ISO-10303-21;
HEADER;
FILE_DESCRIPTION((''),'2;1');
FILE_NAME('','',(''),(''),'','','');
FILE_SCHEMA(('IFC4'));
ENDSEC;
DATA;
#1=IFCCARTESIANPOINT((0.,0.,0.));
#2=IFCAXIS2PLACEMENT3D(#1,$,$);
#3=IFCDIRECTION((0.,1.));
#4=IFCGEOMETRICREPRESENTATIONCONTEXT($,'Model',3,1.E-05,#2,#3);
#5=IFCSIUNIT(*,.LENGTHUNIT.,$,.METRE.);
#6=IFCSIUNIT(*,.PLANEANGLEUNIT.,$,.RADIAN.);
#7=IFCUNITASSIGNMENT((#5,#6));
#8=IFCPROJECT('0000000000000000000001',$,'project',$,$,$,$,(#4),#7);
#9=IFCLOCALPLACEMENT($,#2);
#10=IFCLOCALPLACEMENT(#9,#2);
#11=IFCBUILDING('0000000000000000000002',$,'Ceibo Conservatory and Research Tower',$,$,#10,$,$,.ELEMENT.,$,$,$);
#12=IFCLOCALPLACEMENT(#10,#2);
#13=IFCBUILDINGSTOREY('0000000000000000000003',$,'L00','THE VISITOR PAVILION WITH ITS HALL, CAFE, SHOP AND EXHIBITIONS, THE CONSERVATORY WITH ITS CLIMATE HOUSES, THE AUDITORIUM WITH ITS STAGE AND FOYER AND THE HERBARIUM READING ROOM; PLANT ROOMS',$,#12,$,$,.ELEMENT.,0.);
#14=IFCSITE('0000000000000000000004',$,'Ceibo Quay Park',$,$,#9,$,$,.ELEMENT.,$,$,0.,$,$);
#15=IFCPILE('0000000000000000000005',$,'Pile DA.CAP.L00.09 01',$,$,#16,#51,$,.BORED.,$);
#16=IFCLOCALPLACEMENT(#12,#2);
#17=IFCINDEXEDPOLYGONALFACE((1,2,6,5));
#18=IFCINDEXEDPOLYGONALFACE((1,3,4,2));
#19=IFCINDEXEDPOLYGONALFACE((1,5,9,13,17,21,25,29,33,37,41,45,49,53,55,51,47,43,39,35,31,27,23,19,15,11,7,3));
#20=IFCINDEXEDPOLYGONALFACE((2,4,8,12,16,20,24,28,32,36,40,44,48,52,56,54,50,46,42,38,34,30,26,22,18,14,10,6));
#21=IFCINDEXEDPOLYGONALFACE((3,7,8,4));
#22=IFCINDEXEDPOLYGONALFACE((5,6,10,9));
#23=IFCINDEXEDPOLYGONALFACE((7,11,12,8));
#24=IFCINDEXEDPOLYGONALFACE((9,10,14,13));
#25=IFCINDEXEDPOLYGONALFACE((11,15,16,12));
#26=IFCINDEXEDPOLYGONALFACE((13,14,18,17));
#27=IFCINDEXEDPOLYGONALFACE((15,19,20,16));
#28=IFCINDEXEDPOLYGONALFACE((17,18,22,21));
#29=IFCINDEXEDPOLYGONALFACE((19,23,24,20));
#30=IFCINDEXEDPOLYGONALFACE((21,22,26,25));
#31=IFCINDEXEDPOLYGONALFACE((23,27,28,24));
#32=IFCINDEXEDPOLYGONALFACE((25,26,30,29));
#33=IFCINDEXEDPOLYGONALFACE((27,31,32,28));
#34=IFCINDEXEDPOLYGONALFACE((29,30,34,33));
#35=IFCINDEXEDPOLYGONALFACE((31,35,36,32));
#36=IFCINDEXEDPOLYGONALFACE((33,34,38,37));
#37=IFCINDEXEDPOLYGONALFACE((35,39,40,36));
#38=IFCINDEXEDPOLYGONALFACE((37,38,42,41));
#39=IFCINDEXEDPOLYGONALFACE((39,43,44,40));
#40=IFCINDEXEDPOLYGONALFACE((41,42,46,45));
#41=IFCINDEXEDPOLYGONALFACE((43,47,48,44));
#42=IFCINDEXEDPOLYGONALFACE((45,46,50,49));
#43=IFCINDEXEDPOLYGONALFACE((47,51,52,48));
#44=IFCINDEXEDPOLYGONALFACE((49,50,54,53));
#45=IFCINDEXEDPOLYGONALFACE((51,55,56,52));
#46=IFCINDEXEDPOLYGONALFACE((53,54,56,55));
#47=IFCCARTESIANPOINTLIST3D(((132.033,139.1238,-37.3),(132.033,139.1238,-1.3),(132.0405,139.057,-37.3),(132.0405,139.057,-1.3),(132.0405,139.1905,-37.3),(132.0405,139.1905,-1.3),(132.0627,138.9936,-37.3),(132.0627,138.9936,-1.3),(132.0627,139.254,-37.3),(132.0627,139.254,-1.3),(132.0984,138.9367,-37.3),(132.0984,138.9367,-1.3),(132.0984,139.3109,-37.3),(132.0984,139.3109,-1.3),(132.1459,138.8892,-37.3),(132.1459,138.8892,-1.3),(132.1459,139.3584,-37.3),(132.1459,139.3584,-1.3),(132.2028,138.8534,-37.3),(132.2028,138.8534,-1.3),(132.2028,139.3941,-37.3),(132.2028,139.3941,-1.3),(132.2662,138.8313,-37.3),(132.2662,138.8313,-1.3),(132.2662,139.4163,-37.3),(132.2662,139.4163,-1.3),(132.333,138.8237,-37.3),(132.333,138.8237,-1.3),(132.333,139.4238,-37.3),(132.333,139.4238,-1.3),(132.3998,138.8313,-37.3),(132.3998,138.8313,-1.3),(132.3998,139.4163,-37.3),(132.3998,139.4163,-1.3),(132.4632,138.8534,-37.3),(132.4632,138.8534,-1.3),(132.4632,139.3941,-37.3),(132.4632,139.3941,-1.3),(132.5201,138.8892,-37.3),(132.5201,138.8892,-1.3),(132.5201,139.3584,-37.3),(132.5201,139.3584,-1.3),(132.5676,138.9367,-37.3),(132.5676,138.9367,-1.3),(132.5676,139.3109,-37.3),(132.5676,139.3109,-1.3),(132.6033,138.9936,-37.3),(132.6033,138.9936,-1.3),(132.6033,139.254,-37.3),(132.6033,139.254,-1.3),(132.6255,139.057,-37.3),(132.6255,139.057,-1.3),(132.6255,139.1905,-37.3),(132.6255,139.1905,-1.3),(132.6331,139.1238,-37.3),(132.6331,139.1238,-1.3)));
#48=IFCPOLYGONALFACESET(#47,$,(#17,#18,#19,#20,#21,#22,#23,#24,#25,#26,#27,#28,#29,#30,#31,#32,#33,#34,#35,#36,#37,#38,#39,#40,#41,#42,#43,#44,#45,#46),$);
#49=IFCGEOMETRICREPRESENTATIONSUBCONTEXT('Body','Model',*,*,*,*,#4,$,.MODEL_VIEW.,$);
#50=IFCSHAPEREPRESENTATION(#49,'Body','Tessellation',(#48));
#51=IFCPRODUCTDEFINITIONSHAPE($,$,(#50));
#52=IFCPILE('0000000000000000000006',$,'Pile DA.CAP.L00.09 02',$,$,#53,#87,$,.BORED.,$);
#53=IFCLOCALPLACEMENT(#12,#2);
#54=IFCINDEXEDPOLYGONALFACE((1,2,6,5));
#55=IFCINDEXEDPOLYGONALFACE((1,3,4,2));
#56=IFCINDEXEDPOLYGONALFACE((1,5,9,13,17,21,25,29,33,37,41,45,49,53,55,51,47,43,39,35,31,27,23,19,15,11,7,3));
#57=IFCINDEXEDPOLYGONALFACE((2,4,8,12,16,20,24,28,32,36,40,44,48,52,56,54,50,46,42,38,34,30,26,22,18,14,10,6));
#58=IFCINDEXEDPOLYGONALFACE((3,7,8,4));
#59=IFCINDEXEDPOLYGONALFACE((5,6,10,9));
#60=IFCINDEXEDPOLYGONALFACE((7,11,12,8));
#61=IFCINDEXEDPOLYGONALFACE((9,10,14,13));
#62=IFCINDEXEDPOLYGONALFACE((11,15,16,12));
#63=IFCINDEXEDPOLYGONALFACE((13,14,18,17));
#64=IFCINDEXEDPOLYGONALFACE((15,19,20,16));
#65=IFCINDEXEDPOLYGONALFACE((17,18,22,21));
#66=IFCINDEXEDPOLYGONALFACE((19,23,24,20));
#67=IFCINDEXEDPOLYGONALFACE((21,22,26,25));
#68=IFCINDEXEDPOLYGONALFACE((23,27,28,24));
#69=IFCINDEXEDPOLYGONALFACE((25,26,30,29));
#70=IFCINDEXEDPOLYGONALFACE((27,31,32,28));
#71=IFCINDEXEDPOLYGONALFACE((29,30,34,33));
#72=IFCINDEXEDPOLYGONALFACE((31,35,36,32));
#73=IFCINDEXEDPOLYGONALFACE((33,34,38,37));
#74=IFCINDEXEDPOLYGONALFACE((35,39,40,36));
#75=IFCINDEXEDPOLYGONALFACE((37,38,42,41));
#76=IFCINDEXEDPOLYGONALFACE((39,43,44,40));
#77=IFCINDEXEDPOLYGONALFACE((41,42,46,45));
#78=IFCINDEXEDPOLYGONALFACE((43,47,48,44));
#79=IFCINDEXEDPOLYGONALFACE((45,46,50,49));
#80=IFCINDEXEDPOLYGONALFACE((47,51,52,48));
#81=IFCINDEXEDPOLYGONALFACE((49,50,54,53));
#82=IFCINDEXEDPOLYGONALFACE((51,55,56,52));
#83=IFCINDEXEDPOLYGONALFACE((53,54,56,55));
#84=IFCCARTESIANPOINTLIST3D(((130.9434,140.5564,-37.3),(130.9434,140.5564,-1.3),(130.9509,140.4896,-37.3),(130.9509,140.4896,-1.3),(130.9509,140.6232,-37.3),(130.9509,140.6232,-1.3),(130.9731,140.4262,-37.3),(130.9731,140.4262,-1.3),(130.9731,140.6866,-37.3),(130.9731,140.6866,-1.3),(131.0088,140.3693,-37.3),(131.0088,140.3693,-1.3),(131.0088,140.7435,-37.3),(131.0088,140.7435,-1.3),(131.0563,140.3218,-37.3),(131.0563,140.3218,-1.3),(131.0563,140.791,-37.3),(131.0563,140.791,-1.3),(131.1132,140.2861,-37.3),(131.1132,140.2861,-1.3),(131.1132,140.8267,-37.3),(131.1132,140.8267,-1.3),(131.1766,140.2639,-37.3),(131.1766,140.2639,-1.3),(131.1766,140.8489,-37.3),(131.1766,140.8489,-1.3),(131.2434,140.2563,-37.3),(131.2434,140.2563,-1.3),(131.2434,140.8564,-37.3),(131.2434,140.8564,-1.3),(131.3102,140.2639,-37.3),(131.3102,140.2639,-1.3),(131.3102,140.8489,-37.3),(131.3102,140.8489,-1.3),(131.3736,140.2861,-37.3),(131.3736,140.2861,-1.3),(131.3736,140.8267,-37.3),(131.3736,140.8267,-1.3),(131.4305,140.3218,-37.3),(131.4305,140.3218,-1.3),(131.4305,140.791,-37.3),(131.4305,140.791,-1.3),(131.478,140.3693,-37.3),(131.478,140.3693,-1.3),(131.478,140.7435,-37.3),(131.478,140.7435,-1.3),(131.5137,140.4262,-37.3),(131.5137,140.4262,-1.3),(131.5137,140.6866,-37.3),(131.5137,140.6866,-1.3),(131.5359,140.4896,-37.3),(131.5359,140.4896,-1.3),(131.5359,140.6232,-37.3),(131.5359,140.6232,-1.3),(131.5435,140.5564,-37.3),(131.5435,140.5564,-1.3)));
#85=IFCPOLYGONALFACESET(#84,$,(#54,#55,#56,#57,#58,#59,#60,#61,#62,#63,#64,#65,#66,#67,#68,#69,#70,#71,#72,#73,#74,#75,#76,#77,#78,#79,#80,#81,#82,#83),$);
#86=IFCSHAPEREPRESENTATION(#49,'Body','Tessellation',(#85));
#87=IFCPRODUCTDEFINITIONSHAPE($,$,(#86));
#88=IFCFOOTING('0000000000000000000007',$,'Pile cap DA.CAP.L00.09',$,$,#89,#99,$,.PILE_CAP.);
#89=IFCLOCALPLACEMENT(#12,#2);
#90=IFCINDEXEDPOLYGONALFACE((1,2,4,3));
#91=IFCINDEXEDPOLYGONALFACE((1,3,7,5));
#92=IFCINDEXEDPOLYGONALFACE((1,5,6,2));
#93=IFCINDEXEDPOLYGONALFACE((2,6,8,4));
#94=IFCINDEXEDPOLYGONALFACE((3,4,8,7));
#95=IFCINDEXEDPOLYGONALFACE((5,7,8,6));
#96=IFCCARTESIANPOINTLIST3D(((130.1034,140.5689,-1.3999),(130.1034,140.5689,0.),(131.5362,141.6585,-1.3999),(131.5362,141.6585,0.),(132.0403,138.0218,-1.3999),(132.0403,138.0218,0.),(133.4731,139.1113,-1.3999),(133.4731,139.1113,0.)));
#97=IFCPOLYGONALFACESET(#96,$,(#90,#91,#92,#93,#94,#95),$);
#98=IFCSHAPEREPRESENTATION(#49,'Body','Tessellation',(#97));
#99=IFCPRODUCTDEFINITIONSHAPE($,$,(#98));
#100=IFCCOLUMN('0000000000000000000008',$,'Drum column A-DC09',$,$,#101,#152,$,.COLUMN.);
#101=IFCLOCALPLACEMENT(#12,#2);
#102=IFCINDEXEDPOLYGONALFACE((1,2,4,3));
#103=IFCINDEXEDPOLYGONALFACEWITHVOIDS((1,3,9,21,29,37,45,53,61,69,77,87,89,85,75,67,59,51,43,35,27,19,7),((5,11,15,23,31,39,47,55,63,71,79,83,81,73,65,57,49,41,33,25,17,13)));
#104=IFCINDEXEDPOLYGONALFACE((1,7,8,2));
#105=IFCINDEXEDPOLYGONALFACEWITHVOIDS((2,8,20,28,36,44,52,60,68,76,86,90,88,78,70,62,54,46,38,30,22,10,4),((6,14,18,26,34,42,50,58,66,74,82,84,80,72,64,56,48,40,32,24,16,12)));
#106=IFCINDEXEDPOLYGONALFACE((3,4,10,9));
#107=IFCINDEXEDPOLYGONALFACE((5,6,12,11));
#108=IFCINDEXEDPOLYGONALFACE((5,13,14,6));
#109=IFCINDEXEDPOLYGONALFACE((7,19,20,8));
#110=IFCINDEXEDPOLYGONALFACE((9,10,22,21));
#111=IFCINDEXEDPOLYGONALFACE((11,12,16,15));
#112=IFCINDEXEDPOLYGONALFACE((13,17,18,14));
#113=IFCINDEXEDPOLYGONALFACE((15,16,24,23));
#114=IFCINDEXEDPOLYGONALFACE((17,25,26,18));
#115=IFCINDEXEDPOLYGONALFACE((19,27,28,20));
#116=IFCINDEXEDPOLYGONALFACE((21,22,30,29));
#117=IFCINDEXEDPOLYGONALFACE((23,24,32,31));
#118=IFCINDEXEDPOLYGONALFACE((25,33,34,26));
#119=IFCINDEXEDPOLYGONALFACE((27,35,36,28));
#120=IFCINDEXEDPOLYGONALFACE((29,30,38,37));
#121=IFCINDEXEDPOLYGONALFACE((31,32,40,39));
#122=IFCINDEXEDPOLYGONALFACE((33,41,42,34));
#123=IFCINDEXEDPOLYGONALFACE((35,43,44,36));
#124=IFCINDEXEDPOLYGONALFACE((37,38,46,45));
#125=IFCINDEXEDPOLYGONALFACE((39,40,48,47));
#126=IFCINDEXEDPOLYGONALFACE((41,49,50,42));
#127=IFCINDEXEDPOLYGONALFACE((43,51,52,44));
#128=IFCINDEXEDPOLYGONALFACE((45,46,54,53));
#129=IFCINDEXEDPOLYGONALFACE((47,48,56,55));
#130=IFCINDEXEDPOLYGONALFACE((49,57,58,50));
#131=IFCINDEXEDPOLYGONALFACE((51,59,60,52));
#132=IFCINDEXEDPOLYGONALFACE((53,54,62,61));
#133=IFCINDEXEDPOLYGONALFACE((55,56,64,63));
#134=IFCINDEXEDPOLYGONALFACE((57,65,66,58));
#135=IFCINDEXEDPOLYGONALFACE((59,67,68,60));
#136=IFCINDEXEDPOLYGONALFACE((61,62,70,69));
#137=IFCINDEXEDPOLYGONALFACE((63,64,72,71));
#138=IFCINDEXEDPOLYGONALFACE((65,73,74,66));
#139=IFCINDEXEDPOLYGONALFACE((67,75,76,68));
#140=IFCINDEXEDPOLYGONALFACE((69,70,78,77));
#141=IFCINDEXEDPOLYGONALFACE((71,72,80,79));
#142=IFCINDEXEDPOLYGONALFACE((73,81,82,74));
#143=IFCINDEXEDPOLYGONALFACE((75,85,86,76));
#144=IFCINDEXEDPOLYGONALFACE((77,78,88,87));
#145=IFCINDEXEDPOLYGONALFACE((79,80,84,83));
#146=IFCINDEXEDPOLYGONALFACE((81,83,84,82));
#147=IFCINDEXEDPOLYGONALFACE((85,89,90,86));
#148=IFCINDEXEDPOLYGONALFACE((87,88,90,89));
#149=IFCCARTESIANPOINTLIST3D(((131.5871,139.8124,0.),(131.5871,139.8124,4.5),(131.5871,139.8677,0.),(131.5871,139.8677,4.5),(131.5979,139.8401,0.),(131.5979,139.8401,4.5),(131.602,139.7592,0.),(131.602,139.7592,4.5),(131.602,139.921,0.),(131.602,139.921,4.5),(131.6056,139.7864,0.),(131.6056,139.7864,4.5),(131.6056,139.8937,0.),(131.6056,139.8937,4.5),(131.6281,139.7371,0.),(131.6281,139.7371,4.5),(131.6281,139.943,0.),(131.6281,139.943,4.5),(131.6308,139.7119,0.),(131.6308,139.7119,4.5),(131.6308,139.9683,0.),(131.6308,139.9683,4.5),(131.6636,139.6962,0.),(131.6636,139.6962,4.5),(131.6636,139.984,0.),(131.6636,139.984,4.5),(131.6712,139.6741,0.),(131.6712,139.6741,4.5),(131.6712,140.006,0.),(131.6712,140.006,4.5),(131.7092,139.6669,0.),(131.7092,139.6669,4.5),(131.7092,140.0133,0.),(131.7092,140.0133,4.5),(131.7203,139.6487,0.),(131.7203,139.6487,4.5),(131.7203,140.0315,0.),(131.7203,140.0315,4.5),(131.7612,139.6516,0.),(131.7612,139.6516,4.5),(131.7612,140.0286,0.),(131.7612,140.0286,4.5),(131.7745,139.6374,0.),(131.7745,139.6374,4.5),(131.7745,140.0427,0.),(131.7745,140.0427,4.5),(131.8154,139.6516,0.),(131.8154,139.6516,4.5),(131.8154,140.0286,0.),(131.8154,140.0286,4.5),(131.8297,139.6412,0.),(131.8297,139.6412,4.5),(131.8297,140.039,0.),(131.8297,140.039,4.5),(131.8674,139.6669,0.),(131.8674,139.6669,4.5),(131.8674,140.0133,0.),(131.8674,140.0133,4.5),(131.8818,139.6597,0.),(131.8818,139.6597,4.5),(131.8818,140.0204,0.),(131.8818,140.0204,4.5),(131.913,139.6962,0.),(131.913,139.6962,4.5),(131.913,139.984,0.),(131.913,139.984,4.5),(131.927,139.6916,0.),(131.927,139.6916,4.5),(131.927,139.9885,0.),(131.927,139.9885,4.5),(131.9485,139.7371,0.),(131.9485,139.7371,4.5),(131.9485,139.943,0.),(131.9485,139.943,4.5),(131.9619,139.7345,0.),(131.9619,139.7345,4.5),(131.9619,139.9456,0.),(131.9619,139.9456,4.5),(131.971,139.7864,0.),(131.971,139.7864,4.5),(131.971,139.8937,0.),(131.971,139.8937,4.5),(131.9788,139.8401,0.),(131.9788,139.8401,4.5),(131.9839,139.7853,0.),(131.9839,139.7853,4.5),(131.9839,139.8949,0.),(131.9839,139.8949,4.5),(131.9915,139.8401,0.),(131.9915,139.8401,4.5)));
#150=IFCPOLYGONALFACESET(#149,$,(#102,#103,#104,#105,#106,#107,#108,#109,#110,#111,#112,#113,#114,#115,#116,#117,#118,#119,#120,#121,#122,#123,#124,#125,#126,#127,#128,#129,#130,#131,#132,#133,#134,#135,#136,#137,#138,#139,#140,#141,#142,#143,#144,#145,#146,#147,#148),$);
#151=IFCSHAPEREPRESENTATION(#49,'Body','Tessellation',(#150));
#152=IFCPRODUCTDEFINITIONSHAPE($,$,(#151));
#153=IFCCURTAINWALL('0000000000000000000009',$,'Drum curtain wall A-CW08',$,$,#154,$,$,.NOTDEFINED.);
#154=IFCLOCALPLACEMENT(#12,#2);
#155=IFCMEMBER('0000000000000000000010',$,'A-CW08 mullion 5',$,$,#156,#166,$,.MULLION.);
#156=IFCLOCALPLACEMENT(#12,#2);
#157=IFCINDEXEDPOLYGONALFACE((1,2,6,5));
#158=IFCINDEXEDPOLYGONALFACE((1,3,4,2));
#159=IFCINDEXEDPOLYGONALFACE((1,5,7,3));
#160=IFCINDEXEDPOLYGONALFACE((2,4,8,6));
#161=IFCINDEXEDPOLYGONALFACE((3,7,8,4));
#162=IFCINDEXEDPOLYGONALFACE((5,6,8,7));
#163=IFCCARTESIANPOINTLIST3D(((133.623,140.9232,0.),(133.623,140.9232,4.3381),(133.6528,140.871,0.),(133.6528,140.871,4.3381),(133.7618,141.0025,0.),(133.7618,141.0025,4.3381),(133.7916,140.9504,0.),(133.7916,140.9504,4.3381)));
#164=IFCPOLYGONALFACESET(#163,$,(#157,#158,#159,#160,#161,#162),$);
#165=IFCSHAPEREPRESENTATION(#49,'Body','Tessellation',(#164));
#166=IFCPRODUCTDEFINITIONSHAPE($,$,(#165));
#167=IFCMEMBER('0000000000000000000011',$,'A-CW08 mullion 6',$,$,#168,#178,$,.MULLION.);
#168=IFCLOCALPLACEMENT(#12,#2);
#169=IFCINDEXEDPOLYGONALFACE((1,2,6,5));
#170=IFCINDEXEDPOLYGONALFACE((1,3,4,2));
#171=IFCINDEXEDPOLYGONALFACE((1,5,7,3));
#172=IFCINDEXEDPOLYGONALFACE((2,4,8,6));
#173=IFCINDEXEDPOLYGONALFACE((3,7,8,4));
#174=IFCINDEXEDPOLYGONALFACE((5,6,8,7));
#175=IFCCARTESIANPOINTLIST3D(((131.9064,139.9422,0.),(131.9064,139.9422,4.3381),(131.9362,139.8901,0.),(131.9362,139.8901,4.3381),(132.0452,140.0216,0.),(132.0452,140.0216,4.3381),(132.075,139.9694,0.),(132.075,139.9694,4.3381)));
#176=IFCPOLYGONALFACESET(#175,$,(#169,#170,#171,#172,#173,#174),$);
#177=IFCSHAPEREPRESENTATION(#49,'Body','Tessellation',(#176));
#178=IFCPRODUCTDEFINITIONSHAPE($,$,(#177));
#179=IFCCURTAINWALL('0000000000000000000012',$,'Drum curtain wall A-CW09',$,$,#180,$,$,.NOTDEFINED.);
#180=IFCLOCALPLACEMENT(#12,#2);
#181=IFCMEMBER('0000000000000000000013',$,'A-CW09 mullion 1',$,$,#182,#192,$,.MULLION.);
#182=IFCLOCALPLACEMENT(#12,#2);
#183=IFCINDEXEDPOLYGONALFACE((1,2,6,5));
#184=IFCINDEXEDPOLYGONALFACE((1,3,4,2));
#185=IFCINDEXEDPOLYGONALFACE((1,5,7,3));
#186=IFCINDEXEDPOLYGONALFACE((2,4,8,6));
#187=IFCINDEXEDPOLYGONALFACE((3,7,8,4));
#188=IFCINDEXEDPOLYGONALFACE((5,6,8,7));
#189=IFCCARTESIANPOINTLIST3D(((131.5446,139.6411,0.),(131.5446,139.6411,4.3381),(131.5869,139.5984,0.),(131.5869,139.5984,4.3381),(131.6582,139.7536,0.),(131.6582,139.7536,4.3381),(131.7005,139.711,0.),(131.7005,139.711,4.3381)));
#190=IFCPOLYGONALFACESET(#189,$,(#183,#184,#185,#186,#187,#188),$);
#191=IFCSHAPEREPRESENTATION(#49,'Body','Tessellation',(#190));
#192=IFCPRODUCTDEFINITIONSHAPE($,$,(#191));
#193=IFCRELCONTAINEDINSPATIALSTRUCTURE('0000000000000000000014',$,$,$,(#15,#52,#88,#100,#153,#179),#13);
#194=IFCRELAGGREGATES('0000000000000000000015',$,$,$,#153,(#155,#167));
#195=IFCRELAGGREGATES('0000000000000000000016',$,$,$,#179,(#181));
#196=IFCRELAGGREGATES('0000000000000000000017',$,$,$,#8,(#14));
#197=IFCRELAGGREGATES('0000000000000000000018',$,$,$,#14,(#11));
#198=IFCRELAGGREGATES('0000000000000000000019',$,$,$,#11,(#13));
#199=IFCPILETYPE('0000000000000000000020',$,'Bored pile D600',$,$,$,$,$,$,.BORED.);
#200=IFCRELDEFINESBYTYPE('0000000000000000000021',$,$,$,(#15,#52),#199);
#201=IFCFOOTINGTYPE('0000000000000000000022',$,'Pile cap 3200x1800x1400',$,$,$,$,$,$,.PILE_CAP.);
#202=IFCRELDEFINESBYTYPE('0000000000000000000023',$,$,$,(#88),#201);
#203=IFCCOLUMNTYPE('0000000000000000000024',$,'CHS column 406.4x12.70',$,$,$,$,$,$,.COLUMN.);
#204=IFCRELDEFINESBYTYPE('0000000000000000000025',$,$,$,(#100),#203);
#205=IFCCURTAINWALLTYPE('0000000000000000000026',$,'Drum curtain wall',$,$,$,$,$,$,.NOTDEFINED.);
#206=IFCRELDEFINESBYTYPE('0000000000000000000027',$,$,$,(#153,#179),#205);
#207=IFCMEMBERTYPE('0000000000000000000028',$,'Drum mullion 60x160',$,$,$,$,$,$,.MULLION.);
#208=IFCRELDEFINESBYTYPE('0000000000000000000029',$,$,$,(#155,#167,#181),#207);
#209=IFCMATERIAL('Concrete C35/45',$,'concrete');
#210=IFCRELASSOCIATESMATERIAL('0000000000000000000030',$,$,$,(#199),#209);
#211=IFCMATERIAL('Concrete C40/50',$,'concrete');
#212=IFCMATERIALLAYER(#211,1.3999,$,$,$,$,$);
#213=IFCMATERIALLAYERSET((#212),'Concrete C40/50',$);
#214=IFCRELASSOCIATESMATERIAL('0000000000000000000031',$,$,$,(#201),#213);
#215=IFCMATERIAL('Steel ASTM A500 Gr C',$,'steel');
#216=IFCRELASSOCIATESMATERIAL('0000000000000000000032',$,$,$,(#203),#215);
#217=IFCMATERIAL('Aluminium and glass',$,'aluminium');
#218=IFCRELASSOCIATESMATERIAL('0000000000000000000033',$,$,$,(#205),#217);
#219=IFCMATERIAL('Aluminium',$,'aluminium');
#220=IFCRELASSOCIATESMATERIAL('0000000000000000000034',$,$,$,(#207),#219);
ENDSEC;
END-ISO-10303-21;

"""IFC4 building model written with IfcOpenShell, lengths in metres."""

from ifc_helpers import new_model, si_unit, direction, frame, origin, origin_2d, place, context, subcontext, project, spatial, polyline, rectangle, circle, hollow_circle, outline, extrude, material, layer, layer_set, material_profile, profile_set, type_object, element, aggregate, save


model = new_model("IFC4")

# Units and contexts
model_context = context("Model", 3, precision=1e-05, world=origin(), true_north=direction((0.0, 1.0)))
body_context = subcontext(model_context, "Body", "Model", "MODEL_VIEW")
ifc_project = project(units=[si_unit("LENGTHUNIT", "METRE"), si_unit("PLANEANGLEUNIT", "RADIAN")], contexts=[model_context])

# Site, building, storey
site_placement = place(None, origin())
site = spatial("IfcSite", under=ifc_project, at=site_placement, Name="Ceibo Quay Park", CompositionType="ELEMENT", RefElevation=0.0)
building_placement = place(site_placement, origin())
building = spatial("IfcBuilding", under=site, at=building_placement, Name="Ceibo Conservatory and Research Tower", CompositionType="ELEMENT")
storey_placement = place(building_placement, origin())
storey = spatial("IfcBuildingStorey", under=building, at=storey_placement, Name="L00", Description="THE VISITOR PAVILION WITH ITS HALL, CAFE, SHOP AND EXHIBITIONS, THE CONSERVATORY WITH ITS CLIMATE HOUSES, THE AUDITORIUM WITH ITS STAGE AND FOYER AND THE HERBARIUM READING ROOM; PLANT ROOMS", CompositionType="ELEMENT", Elevation=0.0)

# Piles
ifc_material_1 = material(Name="Concrete C35/45", Category="concrete")
ifc_material_profile_1 = material_profile(ifc_material_1, circle(Radius=0.3, at=origin_2d()), Name="RC D600")
ifc_profile_set_1 = profile_set([ifc_material_profile_1], Name="Concrete C35/45")
pile_type = type_object("IfcPileType", Name="Bored pile D600", PredefinedType="BORED", material=ifc_profile_set_1)
for number, where, z_axis, x_axis, name in (
    (1, (132.333, 139.1238, -1.3), (0.0, 0.0, -1.0), (1.0, 0.0, 0.0), "Pile DA.CAP.L00.09 01"),
    (2, (131.2434, 140.5564, -1.3), (0.0, 0.0, -1.0), (1.0, 0.0, 0.0), "Pile DA.CAP.L00.09 02"),
):
    element("IfcPile", number, at=place(storey_placement, frame(where, z_axis=z_axis, x_axis=x_axis)), inside=storey, type_object=pile_type, Name=name, PredefinedType="BORED", context=body_context, shape_type="SweptSolid", body=[
        extrude(circle(Radius=0.3, at=origin_2d()), origin(), (0.0, 0.0, 1.0), 36.0),
    ])

# Footing
ifc_material_2 = material(Name="Concrete C40/50", Category="concrete")
ifc_layer_1 = layer(ifc_material_2, 1.3999)
ifc_layer_set_1 = layer_set([ifc_layer_1], Name="Concrete C40/50")
footing_type = type_object("IfcFootingType", Name="Pile cap 3200x1800x1400", PredefinedType="PILE_CAP", material=ifc_layer_set_1)
footing_placement = place(storey_placement, frame((133.4731, 139.1113, -1.3999), z_axis=(0.0, 0.0, 1.0), x_axis=(-0.605294, 0.796002, 0.0)))
element("IfcFooting", 3, at=footing_placement, inside=storey, type_object=footing_type, Name="Pile cap DA.CAP.L00.09", PredefinedType="PILE_CAP", context=body_context, shape_type="SweptSolid", body=[
    extrude(outline(polyline([(0.0, 0.0), (3.2, 0.0), (3.2, 1.8), (0.0, 1.8), (0.0, 0.0)])), origin(), (0.0, 0.0, 1.0), 1.3999),
])

# Column
ifc_material_3 = material(Name="Steel ASTM A500 Gr C", Category="steel")
ifc_material_profile_2 = material_profile(ifc_material_3, hollow_circle(Radius=0.2031, WallThickness=0.0127, at=origin_2d()), Name="CHS column 406.4x12.70")
ifc_profile_set_2 = profile_set([ifc_material_profile_2], Name="Steel ASTM A500 Gr C")
column_type = type_object("IfcColumnType", Name="CHS column 406.4x12.70", PredefinedType="COLUMN", material=ifc_profile_set_2)
column_placement = place(storey_placement, frame((131.7883, 139.8401, 0.0), z_axis=(0.0, 0.0, 1.0), x_axis=(1.0, 0.0, 0.0)))
element("IfcColumn", 4, at=column_placement, inside=storey, type_object=column_type, Name="Drum column A-DC09", PredefinedType="COLUMN", context=body_context, shape_type="SweptSolid", body=[
    extrude(hollow_circle(Radius=0.2031, WallThickness=0.0127, at=origin_2d()), origin(), (0.0, 0.0, 1.0), 4.5),
])

# Curtain walls, members
ifc_material_4 = material(Name="Aluminium and glass", Category="aluminium")
curtain_wall_type = type_object("IfcCurtainWallType", Name="Drum curtain wall", PredefinedType="NOTDEFINED", material=ifc_material_4)
curtain_wall_1_placement = place(storey_placement, origin())
curtain_wall_1 = element("IfcCurtainWall", 5, at=curtain_wall_1_placement, inside=storey, type_object=curtain_wall_type, Name="Drum curtain wall A-CW08", PredefinedType="NOTDEFINED")
ifc_material_5 = material(Name="Aluminium", Category="aluminium")
ifc_material_profile_3 = material_profile(ifc_material_5, rectangle(XDim=0.0601, YDim=0.1599, at=origin_2d()), Name="AL 60x160")
ifc_profile_set_3 = profile_set([ifc_material_profile_3], Name="Aluminium")
member_type_1 = type_object("IfcMemberType", Name="Drum mullion 60x160", PredefinedType="MULLION", material=ifc_profile_set_3)
member_1_placement = place(storey_placement, frame((133.7073, 140.9368, 0.0), z_axis=(0.0, 0.0, 1.0), x_axis=(0.496216, -0.868199, 0.0)))
member_1 = element("IfcMember", 6, at=member_1_placement, type_object=member_type_1, Name="A-CW08 mullion 5", PredefinedType="MULLION", context=body_context, shape_type="SweptSolid", body=[
    extrude(rectangle(XDim=0.0601, YDim=0.1599, at=origin_2d()), origin(), (0.0, 0.0, 1.0), 4.3381),
])
member_2_placement = place(storey_placement, frame((131.9907, 139.9558, 0.0), z_axis=(0.0, 0.0, 1.0), x_axis=(0.496216, -0.868199, 0.0)))
member_2 = element("IfcMember", 7, at=member_2_placement, type_object=member_type_1, Name="A-CW08 mullion 6", PredefinedType="MULLION", context=body_context, shape_type="SweptSolid", body=[
    extrude(rectangle(XDim=0.0601, YDim=0.1599, at=origin_2d()), origin(), (0.0, 0.0, 1.0), 4.3381),
])
curtain_wall_2_placement = place(storey_placement, origin())
curtain_wall_2 = element("IfcCurtainWall", 8, at=curtain_wall_2_placement, inside=storey, type_object=curtain_wall_type, Name="Drum curtain wall A-CW09", PredefinedType="NOTDEFINED")
member_3_placement = place(storey_placement, frame((131.6226, 139.676, 0.0), z_axis=(0.0, 0.0, 1.0), x_axis=(0.704015, -0.710185, 0.0)))
member_3 = element("IfcMember", 9, at=member_3_placement, type_object=member_type_1, Name="A-CW09 mullion 1", PredefinedType="MULLION", context=body_context, shape_type="SweptSolid", body=[
    extrude(rectangle(XDim=0.0601, YDim=0.1599, at=origin_2d()), origin(), (0.0, 0.0, 1.0), 4.3381),
])

aggregate(curtain_wall_1, [member_1, member_2])
aggregate(curtain_wall_2, [member_3])

save(model, "model.ifc")
